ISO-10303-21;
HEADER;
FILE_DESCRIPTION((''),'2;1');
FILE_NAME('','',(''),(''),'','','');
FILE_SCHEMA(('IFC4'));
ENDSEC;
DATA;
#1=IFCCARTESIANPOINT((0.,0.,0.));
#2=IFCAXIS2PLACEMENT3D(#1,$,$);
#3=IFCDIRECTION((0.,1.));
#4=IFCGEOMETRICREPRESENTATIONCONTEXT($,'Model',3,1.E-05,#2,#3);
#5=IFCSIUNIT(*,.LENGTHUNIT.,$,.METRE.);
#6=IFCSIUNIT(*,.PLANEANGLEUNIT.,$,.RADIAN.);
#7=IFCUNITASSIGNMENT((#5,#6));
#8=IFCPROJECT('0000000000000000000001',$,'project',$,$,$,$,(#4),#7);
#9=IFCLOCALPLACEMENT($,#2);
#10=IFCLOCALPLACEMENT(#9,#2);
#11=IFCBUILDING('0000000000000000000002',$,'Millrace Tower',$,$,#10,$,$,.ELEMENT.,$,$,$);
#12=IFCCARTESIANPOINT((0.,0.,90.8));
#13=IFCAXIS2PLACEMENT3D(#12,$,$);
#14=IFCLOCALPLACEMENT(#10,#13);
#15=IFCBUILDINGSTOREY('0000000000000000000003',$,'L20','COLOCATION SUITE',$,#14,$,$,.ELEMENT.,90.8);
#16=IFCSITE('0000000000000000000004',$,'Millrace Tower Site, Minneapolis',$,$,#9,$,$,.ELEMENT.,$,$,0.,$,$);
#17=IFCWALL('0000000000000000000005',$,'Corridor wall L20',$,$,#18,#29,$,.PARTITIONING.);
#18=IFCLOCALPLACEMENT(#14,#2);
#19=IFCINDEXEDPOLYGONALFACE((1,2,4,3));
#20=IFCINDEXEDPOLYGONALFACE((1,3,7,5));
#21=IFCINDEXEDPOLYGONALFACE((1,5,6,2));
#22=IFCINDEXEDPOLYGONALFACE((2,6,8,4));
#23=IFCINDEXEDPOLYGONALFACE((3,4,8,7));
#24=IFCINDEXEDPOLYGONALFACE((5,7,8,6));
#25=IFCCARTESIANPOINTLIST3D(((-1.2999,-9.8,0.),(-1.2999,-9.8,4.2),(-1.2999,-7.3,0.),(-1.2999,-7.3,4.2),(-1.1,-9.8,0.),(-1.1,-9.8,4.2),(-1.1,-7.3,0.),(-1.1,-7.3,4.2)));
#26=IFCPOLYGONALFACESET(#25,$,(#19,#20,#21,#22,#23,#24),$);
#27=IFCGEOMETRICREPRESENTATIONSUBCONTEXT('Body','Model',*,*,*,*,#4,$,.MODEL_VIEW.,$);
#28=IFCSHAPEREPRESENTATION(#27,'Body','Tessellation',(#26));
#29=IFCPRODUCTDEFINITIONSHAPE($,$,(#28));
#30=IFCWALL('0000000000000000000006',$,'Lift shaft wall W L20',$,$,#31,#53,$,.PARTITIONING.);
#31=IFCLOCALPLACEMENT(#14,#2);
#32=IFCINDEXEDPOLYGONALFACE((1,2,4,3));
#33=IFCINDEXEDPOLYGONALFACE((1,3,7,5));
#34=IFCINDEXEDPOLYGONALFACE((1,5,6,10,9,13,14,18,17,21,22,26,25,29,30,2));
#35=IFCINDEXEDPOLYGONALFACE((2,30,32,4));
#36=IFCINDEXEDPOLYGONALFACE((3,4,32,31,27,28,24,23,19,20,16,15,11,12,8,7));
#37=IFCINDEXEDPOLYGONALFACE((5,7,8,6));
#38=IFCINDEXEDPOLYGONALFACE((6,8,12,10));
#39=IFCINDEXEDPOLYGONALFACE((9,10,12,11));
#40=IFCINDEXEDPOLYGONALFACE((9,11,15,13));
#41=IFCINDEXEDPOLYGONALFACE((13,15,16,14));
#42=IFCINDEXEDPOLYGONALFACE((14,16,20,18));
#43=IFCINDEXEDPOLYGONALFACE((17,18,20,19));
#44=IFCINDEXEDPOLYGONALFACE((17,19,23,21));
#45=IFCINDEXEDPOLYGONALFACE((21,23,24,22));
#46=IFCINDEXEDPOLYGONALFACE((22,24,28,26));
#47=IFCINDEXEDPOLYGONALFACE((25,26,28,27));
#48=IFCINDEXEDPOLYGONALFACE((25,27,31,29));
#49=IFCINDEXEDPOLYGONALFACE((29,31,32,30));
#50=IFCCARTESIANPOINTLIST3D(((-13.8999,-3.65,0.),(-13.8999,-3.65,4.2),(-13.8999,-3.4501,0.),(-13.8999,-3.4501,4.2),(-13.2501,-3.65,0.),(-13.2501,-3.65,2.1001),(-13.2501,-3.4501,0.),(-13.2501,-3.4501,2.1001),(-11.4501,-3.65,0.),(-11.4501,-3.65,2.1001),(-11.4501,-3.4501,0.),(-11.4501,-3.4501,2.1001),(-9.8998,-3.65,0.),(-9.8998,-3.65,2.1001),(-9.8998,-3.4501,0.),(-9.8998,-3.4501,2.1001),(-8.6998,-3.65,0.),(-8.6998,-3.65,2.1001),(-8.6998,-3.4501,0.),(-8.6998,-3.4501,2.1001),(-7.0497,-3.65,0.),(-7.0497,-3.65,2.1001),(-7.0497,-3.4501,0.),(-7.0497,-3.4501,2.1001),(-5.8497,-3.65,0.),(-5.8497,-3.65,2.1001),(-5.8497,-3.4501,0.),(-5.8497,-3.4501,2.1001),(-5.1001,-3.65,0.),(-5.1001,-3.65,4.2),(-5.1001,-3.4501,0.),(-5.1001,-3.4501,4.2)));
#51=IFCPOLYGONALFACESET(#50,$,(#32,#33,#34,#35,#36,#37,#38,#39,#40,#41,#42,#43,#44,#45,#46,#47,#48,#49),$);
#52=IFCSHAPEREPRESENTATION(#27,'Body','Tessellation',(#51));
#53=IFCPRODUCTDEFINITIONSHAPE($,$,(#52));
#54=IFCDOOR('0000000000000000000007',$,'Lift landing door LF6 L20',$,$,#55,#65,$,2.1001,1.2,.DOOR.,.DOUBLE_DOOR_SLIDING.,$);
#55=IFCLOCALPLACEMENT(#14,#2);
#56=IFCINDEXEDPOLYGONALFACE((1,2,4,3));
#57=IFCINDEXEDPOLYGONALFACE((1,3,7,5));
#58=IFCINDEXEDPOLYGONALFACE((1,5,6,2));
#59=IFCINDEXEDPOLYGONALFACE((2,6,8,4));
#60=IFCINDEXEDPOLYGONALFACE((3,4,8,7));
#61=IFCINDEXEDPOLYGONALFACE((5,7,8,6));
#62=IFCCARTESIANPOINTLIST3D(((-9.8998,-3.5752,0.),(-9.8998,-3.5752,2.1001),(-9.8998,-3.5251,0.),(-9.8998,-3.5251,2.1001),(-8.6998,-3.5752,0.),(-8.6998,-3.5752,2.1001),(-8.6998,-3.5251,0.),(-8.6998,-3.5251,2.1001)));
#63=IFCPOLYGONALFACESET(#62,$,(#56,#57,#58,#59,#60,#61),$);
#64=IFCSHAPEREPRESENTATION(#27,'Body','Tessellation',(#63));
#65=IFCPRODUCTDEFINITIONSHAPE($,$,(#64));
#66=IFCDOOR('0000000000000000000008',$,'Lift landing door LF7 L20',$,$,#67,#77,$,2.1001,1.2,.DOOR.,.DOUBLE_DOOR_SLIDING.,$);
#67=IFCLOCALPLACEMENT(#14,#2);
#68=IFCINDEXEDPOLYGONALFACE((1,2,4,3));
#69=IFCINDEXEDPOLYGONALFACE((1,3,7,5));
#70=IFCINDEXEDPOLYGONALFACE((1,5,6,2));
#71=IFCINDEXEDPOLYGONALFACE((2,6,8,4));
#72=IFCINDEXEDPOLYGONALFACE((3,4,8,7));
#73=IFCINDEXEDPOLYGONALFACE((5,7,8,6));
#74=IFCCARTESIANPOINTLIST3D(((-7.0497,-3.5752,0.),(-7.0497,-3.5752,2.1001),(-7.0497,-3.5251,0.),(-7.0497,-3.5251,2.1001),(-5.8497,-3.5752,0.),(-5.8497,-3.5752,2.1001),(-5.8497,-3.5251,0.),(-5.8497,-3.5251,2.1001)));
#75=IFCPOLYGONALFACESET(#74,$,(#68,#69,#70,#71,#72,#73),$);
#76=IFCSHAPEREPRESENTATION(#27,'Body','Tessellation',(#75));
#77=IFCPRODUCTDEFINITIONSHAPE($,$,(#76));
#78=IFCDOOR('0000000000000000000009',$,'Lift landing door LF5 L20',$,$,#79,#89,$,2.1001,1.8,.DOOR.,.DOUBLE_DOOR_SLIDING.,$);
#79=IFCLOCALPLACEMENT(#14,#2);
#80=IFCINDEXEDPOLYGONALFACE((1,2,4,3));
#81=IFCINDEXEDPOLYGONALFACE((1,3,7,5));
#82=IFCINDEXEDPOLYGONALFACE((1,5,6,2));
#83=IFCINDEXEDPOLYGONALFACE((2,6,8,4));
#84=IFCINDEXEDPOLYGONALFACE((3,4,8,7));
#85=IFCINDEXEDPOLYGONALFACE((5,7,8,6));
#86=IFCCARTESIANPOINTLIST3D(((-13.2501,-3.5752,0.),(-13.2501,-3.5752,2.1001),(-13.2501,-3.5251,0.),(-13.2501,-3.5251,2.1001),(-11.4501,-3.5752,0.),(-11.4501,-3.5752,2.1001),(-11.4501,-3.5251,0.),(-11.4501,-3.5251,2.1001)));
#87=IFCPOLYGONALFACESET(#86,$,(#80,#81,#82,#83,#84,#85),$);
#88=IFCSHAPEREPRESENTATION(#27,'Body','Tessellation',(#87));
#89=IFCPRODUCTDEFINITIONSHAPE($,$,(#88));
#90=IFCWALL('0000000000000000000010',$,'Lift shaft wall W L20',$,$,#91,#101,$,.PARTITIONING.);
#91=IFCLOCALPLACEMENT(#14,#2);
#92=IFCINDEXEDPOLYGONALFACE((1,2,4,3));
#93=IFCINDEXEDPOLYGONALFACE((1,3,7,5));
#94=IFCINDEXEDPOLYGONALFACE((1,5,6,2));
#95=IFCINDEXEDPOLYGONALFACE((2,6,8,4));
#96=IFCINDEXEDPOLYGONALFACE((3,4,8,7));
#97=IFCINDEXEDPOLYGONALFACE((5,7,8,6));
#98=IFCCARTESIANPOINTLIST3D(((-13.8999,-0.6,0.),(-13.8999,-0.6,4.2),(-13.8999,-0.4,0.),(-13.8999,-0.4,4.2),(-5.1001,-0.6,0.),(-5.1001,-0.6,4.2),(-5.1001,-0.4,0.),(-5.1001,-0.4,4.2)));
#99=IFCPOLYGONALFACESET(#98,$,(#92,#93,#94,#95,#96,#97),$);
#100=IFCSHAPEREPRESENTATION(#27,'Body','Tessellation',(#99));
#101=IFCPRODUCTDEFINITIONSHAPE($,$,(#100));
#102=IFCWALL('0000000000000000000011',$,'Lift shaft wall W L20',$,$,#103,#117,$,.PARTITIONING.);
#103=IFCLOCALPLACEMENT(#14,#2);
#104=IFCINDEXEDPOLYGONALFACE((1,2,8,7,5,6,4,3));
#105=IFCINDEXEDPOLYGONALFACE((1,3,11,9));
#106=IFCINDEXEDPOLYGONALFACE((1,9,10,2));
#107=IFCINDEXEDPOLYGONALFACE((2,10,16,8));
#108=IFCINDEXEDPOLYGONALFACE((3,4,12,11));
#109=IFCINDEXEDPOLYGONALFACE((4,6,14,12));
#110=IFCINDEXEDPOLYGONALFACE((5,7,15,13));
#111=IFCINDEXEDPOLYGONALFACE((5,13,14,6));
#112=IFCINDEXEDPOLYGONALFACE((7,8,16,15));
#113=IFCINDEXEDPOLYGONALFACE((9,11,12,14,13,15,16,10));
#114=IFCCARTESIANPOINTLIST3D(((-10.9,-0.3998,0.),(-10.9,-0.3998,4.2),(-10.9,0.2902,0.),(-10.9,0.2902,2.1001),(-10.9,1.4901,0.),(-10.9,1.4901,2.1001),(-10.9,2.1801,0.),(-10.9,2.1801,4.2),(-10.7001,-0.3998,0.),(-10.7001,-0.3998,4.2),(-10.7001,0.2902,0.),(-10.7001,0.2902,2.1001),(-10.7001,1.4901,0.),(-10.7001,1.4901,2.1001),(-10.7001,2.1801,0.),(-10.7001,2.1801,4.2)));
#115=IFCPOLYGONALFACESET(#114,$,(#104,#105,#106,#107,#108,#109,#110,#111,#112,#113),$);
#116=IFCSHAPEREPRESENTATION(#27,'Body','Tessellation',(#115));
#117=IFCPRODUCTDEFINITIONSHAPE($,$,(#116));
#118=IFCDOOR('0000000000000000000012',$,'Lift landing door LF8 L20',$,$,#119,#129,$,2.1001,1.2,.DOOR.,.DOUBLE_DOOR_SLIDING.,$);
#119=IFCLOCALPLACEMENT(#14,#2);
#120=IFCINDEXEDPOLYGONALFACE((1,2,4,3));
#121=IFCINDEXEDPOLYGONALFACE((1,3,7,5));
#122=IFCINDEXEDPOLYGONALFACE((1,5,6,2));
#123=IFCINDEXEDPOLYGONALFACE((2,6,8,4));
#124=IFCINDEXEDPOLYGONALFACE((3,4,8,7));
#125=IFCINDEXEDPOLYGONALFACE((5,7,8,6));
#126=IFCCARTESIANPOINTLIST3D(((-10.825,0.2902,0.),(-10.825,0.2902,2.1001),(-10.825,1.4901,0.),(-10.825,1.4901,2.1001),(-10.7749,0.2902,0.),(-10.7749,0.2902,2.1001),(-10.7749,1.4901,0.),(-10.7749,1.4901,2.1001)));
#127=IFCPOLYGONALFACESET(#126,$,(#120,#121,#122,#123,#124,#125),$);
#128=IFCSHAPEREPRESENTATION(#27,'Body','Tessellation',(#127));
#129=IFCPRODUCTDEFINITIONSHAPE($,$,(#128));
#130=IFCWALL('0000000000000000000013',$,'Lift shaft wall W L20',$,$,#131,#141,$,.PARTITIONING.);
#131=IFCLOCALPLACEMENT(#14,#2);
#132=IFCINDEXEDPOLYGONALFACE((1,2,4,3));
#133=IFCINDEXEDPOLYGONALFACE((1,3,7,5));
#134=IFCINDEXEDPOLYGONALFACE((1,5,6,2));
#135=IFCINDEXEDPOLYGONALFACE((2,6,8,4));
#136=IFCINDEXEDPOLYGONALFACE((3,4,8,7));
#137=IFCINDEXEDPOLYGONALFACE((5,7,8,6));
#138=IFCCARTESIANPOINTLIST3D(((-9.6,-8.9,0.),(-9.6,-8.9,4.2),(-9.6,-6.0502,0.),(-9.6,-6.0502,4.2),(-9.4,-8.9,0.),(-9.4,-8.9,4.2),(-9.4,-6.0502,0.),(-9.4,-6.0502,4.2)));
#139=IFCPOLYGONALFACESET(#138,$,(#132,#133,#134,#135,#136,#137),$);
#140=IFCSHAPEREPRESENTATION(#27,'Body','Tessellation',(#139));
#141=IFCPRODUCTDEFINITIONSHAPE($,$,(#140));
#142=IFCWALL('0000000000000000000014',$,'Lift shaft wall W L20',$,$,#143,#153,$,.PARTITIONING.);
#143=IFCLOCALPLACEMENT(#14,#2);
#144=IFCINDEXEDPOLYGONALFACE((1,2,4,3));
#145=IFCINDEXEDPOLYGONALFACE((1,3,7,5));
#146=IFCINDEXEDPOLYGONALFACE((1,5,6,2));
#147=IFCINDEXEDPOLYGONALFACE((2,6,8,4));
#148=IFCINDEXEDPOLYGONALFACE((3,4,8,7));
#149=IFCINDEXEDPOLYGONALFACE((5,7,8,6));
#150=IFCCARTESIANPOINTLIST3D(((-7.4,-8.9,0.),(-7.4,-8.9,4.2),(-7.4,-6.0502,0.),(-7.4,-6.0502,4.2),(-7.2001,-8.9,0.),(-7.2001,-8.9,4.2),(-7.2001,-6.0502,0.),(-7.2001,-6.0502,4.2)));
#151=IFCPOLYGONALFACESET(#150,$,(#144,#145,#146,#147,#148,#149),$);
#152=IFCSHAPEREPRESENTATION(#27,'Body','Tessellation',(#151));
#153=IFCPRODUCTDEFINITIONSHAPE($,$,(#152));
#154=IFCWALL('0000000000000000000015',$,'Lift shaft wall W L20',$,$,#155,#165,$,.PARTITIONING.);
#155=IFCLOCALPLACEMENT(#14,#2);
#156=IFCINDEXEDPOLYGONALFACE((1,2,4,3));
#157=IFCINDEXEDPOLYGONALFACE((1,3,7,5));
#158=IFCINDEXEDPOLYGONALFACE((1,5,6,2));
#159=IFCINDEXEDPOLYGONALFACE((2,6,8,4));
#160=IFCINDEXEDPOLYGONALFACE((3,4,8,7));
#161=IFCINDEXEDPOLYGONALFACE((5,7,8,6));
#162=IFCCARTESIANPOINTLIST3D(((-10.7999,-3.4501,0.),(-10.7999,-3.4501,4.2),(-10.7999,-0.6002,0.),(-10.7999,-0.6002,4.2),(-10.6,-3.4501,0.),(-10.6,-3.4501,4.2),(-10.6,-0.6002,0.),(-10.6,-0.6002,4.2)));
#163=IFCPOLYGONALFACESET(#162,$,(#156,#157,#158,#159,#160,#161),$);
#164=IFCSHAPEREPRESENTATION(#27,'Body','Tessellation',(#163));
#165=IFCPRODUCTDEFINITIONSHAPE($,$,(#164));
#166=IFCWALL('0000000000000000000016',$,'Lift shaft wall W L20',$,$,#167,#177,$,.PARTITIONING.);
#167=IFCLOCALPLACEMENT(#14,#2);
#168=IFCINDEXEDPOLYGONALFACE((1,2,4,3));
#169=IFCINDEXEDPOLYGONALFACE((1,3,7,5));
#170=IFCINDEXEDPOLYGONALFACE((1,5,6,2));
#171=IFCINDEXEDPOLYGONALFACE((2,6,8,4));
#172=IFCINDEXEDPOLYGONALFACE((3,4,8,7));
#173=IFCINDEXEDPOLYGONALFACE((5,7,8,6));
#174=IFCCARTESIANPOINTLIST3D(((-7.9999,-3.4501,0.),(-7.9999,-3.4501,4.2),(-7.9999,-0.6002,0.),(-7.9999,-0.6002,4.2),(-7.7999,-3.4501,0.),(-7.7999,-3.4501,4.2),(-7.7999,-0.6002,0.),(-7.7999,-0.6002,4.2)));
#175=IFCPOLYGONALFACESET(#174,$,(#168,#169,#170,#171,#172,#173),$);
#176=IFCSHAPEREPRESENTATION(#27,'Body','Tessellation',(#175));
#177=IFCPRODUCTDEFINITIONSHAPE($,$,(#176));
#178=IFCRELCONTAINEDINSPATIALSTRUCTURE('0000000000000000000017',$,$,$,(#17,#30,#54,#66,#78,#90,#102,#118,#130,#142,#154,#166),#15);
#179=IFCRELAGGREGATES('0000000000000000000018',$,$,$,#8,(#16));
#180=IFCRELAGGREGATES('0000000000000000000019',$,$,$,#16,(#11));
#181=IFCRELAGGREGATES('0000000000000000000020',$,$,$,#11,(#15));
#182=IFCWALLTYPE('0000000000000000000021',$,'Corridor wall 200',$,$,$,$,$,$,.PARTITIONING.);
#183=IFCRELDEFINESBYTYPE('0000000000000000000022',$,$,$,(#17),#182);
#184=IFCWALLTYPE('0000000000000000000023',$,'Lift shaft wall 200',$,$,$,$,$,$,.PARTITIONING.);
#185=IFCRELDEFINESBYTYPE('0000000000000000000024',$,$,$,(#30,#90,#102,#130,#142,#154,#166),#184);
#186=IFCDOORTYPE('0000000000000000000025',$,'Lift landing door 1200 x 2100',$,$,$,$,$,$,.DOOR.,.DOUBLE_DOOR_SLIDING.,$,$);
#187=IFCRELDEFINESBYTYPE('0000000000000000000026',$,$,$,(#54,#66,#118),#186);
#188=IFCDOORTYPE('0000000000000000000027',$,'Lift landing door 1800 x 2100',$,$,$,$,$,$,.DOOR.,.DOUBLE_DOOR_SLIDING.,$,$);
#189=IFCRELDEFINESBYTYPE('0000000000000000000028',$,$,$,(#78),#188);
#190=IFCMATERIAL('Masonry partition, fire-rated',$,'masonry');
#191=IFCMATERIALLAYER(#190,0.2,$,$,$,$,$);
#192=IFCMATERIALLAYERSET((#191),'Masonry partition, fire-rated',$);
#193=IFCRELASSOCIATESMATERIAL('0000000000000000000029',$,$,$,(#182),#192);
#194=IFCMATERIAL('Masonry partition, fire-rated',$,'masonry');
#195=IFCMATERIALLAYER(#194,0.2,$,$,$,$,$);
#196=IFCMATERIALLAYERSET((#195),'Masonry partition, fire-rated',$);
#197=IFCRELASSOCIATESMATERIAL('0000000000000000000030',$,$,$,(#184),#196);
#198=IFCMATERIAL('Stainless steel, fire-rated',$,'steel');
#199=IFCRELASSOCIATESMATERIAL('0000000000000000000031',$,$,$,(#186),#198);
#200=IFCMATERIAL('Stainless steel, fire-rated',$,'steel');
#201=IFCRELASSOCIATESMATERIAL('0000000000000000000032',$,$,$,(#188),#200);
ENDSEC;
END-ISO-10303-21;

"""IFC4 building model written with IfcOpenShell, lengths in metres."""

from ifc_helpers import new_model, si_unit, direction, frame, frame_2d, origin, place, context, subcontext, project, spatial, rectangle, extrude, material, layer, layer_set, type_object, element, fill, save


model = new_model("IFC4")

# Units and contexts
model_context = context("Model", 3, precision=1e-05, world=origin(), true_north=direction((0.0, 1.0)))
body_context = subcontext(model_context, "Body", "Model", "MODEL_VIEW")
ifc_project = project(units=[si_unit("LENGTHUNIT", "METRE"), si_unit("PLANEANGLEUNIT", "RADIAN")], contexts=[model_context])

# Site, building, storey
site_placement = place(None, origin())
site = spatial("IfcSite", under=ifc_project, at=site_placement, Name="Millrace Tower Site, Minneapolis", CompositionType="ELEMENT", RefElevation=0.0)
building_placement = place(site_placement, origin())
building = spatial("IfcBuilding", under=site, at=building_placement, Name="Millrace Tower", CompositionType="ELEMENT")
storey_placement = place(building_placement, frame((0.0, 0.0, 90.8)))
storey = spatial("IfcBuildingStorey", under=building, at=storey_placement, Name="L20", Description="COLOCATION SUITE", CompositionType="ELEMENT", Elevation=90.8)

# Shared definitions
ifc_material_1 = material(Name="Masonry partition, fire-rated", Category="masonry")
ifc_layer_1 = layer(ifc_material_1, 0.2)
ifc_layer_set_1 = layer_set([ifc_layer_1], Name="Masonry partition, fire-rated")
wall_type_1 = type_object("IfcWallType", Name="Corridor wall 200", PredefinedType="PARTITIONING", material=ifc_layer_set_1)

# Wall
wall_1_placement = place(storey_placement, frame((-1.2, -9.8, 0.0), z_axis=(0.0, 0.0, 1.0), x_axis=(0.0, 1.0, 0.0)))
element("IfcWall", 1, at=wall_1_placement, inside=storey, type_object=wall_type_1, Name="Corridor wall L20", PredefinedType="PARTITIONING", context=body_context, shape_type="SweptSolid", body=[
    extrude(rectangle(XDim=2.5, YDim=0.2, at=frame_2d((1.25, 0.0))), origin(), (0.0, 0.0, 1.0), 4.2),
])

# Wall, openings, doors
ifc_material_2 = material(Name="Masonry partition, fire-rated", Category="masonry")
ifc_layer_2 = layer(ifc_material_2, 0.2)
ifc_layer_set_2 = layer_set([ifc_layer_2], Name="Masonry partition, fire-rated")
wall_type_2 = type_object("IfcWallType", Name="Lift shaft wall 200", PredefinedType="PARTITIONING", material=ifc_layer_set_2)
wall_2_placement = place(storey_placement, frame((-13.8999, -3.55, 0.0), z_axis=(0.0, 0.0, 1.0), x_axis=(1.0, 0.0, 0.0)))
wall_2 = element("IfcWall", 2, at=wall_2_placement, inside=storey, type_object=wall_type_2, Name="Lift shaft wall W L20", PredefinedType="PARTITIONING", context=body_context, shape_type="SweptSolid", body=[
    extrude(rectangle(XDim=8.7998, YDim=0.2, at=frame_2d((4.3999, 0.0))), origin(), (0.0, 0.0, 1.0), 4.2),
])
opening_1_placement = place(wall_2_placement, frame((0.6499, 0.0, 0.0)))
opening_1 = element("IfcOpeningElement", 3, at=opening_1_placement, cuts=wall_2, PredefinedType="OPENING", context=body_context, shape_type="SweptSolid", body=[
    extrude(rectangle(XDim=1.8, YDim=2.1001, at=frame_2d((0.8999, 1.05))), frame((0.0, 0.1099, 0.0), z_axis=(0.0, -1.0, 0.0), x_axis=(1.0, 0.0, 0.0)), (0.0, 0.0, 1.0), 0.22),
])
opening_2_placement = place(wall_2_placement, frame((4.0, 0.0, 0.0)))
opening_2 = element("IfcOpeningElement", 4, at=opening_2_placement, cuts=wall_2, PredefinedType="OPENING", context=body_context, shape_type="SweptSolid", body=[
    extrude(rectangle(XDim=1.2, YDim=2.1001, at=frame_2d((0.6001, 1.05))), frame((0.0, 0.1099, 0.0), z_axis=(0.0, -1.0, 0.0), x_axis=(1.0, 0.0, 0.0)), (0.0, 0.0, 1.0), 0.22),
])
opening_3_placement = place(wall_2_placement, frame((6.8501, 0.0, 0.0)))
opening_3 = element("IfcOpeningElement", 5, at=opening_3_placement, cuts=wall_2, PredefinedType="OPENING", context=body_context, shape_type="SweptSolid", body=[
    extrude(rectangle(XDim=1.2, YDim=2.1001, at=frame_2d((0.6001, 1.05))), frame((0.0, 0.1099, 0.0), z_axis=(0.0, -1.0, 0.0), x_axis=(1.0, 0.0, 0.0)), (0.0, 0.0, 1.0), 0.22),
])
ifc_material_3 = material(Name="Stainless steel, fire-rated", Category="steel")
door_type_1 = type_object("IfcDoorType", Name="Lift landing door 1200 x 2100", OperationType="DOUBLE_DOOR_SLIDING", PredefinedType="DOOR", material=ifc_material_3)
door_1_placement = place(opening_2_placement, origin())
door_1 = element("IfcDoor", 6, at=door_1_placement, inside=storey, type_object=door_type_1, Name="Lift landing door LF6 L20", OperationType="DOUBLE_DOOR_SLIDING", OverallHeight=2.1001, OverallWidth=1.2, PredefinedType="DOOR", context=body_context, shape_type="SweptSolid", body=[
    extrude(rectangle(XDim=1.2, YDim=2.1001, at=frame_2d((0.6001, 1.05))), frame((0.0, 0.0249, 0.0), z_axis=(0.0, -1.0, 0.0), x_axis=(1.0, 0.0, 0.0)), (0.0, 0.0, 1.0), 0.05),
])
fill(opening_2, door_1)
door_2_placement = place(opening_3_placement, origin())
door_2 = element("IfcDoor", 7, at=door_2_placement, inside=storey, type_object=door_type_1, Name="Lift landing door LF7 L20", OperationType="DOUBLE_DOOR_SLIDING", OverallHeight=2.1001, OverallWidth=1.2, PredefinedType="DOOR", context=body_context, shape_type="SweptSolid", body=[
    extrude(rectangle(XDim=1.2, YDim=2.1001, at=frame_2d((0.6001, 1.05))), frame((0.0, 0.0249, 0.0), z_axis=(0.0, -1.0, 0.0), x_axis=(1.0, 0.0, 0.0)), (0.0, 0.0, 1.0), 0.05),
])
fill(opening_3, door_2)
ifc_material_4 = material(Name="Stainless steel, fire-rated", Category="steel")
door_type_2 = type_object("IfcDoorType", Name="Lift landing door 1800 x 2100", OperationType="DOUBLE_DOOR_SLIDING", PredefinedType="DOOR", material=ifc_material_4)
door_3_placement = place(opening_1_placement, origin())
door_3 = element("IfcDoor", 8, at=door_3_placement, inside=storey, type_object=door_type_2, Name="Lift landing door LF5 L20", OperationType="DOUBLE_DOOR_SLIDING", OverallHeight=2.1001, OverallWidth=1.8, PredefinedType="DOOR", context=body_context, shape_type="SweptSolid", body=[
    extrude(rectangle(XDim=1.8, YDim=2.1001, at=frame_2d((0.8999, 1.05))), frame((0.0, 0.0249, 0.0), z_axis=(0.0, -1.0, 0.0), x_axis=(1.0, 0.0, 0.0)), (0.0, 0.0, 1.0), 0.05),
])
fill(opening_1, door_3)

# Wall
wall_3_placement = place(storey_placement, frame((-13.8999, -0.5, 0.0), z_axis=(0.0, 0.0, 1.0), x_axis=(1.0, 0.0, 0.0)))
element("IfcWall", 9, at=wall_3_placement, inside=storey, type_object=wall_type_2, Name="Lift shaft wall W L20", PredefinedType="PARTITIONING", context=body_context, shape_type="SweptSolid", body=[
    extrude(rectangle(XDim=8.7998, YDim=0.2, at=frame_2d((4.3999, 0.0))), origin(), (0.0, 0.0, 1.0), 4.2),
])

# Wall, opening, door
wall_4_placement = place(storey_placement, frame((-10.8, -0.3999, 0.0), z_axis=(0.0, 0.0, 1.0), x_axis=(0.0, 1.0, 0.0)))
wall_4 = element("IfcWall", 10, at=wall_4_placement, inside=storey, type_object=wall_type_2, Name="Lift shaft wall W L20", PredefinedType="PARTITIONING", context=body_context, shape_type="SweptSolid", body=[
    extrude(rectangle(XDim=2.5798, YDim=0.2, at=frame_2d((1.29, 0.0))), origin(), (0.0, 0.0, 1.0), 4.2),
])
opening_4_placement = place(wall_4_placement, frame((0.6899, 0.0, 0.0)))
opening_4 = element("IfcOpeningElement", 11, at=opening_4_placement, cuts=wall_4, PredefinedType="OPENING", context=body_context, shape_type="SweptSolid", body=[
    extrude(rectangle(XDim=1.2, YDim=2.1001, at=frame_2d((0.6001, 1.05))), frame((0.0, 0.1099, 0.0), z_axis=(0.0, -1.0, 0.0), x_axis=(1.0, 0.0, 0.0)), (0.0, 0.0, 1.0), 0.22),
])
door_4_placement = place(opening_4_placement, origin())
door_4 = element("IfcDoor", 12, at=door_4_placement, inside=storey, type_object=door_type_1, Name="Lift landing door LF8 L20", OperationType="DOUBLE_DOOR_SLIDING", OverallHeight=2.1001, OverallWidth=1.2, PredefinedType="DOOR", context=body_context, shape_type="SweptSolid", body=[
    extrude(rectangle(XDim=1.2, YDim=2.1001, at=frame_2d((0.6001, 1.05))), frame((0.0, 0.0249, 0.0), z_axis=(0.0, -1.0, 0.0), x_axis=(1.0, 0.0, 0.0)), (0.0, 0.0, 1.0), 0.05),
])
fill(opening_4, door_4)

# Walls
for number, where, z_axis, x_axis, name in (
    (13, (-9.5, -8.8999, 0.0), (0.0, 0.0, 1.0), (0.0, 1.0, 0.0), "Lift shaft wall W L20"),
    (14, (-7.3, -8.8999, 0.0), (0.0, 0.0, 1.0), (0.0, 1.0, 0.0), "Lift shaft wall W L20"),
    (15, (-10.7, -3.45, 0.0), (0.0, 0.0, 1.0), (0.0, 1.0, 0.0), "Lift shaft wall W L20"),
    (16, (-7.8999, -3.45, 0.0), (0.0, 0.0, 1.0), (0.0, 1.0, 0.0), "Lift shaft wall W L20"),
):
    element("IfcWall", number, at=place(storey_placement, frame(where, z_axis=z_axis, x_axis=x_axis)), inside=storey, type_object=wall_type_2, Name=name, PredefinedType="PARTITIONING", context=body_context, shape_type="SweptSolid", body=[
        extrude(rectangle(XDim=2.8499, YDim=0.2, at=frame_2d((1.4248, 0.0))), origin(), (0.0, 0.0, 1.0), 4.2),
    ])

save(model, "model.ifc")
